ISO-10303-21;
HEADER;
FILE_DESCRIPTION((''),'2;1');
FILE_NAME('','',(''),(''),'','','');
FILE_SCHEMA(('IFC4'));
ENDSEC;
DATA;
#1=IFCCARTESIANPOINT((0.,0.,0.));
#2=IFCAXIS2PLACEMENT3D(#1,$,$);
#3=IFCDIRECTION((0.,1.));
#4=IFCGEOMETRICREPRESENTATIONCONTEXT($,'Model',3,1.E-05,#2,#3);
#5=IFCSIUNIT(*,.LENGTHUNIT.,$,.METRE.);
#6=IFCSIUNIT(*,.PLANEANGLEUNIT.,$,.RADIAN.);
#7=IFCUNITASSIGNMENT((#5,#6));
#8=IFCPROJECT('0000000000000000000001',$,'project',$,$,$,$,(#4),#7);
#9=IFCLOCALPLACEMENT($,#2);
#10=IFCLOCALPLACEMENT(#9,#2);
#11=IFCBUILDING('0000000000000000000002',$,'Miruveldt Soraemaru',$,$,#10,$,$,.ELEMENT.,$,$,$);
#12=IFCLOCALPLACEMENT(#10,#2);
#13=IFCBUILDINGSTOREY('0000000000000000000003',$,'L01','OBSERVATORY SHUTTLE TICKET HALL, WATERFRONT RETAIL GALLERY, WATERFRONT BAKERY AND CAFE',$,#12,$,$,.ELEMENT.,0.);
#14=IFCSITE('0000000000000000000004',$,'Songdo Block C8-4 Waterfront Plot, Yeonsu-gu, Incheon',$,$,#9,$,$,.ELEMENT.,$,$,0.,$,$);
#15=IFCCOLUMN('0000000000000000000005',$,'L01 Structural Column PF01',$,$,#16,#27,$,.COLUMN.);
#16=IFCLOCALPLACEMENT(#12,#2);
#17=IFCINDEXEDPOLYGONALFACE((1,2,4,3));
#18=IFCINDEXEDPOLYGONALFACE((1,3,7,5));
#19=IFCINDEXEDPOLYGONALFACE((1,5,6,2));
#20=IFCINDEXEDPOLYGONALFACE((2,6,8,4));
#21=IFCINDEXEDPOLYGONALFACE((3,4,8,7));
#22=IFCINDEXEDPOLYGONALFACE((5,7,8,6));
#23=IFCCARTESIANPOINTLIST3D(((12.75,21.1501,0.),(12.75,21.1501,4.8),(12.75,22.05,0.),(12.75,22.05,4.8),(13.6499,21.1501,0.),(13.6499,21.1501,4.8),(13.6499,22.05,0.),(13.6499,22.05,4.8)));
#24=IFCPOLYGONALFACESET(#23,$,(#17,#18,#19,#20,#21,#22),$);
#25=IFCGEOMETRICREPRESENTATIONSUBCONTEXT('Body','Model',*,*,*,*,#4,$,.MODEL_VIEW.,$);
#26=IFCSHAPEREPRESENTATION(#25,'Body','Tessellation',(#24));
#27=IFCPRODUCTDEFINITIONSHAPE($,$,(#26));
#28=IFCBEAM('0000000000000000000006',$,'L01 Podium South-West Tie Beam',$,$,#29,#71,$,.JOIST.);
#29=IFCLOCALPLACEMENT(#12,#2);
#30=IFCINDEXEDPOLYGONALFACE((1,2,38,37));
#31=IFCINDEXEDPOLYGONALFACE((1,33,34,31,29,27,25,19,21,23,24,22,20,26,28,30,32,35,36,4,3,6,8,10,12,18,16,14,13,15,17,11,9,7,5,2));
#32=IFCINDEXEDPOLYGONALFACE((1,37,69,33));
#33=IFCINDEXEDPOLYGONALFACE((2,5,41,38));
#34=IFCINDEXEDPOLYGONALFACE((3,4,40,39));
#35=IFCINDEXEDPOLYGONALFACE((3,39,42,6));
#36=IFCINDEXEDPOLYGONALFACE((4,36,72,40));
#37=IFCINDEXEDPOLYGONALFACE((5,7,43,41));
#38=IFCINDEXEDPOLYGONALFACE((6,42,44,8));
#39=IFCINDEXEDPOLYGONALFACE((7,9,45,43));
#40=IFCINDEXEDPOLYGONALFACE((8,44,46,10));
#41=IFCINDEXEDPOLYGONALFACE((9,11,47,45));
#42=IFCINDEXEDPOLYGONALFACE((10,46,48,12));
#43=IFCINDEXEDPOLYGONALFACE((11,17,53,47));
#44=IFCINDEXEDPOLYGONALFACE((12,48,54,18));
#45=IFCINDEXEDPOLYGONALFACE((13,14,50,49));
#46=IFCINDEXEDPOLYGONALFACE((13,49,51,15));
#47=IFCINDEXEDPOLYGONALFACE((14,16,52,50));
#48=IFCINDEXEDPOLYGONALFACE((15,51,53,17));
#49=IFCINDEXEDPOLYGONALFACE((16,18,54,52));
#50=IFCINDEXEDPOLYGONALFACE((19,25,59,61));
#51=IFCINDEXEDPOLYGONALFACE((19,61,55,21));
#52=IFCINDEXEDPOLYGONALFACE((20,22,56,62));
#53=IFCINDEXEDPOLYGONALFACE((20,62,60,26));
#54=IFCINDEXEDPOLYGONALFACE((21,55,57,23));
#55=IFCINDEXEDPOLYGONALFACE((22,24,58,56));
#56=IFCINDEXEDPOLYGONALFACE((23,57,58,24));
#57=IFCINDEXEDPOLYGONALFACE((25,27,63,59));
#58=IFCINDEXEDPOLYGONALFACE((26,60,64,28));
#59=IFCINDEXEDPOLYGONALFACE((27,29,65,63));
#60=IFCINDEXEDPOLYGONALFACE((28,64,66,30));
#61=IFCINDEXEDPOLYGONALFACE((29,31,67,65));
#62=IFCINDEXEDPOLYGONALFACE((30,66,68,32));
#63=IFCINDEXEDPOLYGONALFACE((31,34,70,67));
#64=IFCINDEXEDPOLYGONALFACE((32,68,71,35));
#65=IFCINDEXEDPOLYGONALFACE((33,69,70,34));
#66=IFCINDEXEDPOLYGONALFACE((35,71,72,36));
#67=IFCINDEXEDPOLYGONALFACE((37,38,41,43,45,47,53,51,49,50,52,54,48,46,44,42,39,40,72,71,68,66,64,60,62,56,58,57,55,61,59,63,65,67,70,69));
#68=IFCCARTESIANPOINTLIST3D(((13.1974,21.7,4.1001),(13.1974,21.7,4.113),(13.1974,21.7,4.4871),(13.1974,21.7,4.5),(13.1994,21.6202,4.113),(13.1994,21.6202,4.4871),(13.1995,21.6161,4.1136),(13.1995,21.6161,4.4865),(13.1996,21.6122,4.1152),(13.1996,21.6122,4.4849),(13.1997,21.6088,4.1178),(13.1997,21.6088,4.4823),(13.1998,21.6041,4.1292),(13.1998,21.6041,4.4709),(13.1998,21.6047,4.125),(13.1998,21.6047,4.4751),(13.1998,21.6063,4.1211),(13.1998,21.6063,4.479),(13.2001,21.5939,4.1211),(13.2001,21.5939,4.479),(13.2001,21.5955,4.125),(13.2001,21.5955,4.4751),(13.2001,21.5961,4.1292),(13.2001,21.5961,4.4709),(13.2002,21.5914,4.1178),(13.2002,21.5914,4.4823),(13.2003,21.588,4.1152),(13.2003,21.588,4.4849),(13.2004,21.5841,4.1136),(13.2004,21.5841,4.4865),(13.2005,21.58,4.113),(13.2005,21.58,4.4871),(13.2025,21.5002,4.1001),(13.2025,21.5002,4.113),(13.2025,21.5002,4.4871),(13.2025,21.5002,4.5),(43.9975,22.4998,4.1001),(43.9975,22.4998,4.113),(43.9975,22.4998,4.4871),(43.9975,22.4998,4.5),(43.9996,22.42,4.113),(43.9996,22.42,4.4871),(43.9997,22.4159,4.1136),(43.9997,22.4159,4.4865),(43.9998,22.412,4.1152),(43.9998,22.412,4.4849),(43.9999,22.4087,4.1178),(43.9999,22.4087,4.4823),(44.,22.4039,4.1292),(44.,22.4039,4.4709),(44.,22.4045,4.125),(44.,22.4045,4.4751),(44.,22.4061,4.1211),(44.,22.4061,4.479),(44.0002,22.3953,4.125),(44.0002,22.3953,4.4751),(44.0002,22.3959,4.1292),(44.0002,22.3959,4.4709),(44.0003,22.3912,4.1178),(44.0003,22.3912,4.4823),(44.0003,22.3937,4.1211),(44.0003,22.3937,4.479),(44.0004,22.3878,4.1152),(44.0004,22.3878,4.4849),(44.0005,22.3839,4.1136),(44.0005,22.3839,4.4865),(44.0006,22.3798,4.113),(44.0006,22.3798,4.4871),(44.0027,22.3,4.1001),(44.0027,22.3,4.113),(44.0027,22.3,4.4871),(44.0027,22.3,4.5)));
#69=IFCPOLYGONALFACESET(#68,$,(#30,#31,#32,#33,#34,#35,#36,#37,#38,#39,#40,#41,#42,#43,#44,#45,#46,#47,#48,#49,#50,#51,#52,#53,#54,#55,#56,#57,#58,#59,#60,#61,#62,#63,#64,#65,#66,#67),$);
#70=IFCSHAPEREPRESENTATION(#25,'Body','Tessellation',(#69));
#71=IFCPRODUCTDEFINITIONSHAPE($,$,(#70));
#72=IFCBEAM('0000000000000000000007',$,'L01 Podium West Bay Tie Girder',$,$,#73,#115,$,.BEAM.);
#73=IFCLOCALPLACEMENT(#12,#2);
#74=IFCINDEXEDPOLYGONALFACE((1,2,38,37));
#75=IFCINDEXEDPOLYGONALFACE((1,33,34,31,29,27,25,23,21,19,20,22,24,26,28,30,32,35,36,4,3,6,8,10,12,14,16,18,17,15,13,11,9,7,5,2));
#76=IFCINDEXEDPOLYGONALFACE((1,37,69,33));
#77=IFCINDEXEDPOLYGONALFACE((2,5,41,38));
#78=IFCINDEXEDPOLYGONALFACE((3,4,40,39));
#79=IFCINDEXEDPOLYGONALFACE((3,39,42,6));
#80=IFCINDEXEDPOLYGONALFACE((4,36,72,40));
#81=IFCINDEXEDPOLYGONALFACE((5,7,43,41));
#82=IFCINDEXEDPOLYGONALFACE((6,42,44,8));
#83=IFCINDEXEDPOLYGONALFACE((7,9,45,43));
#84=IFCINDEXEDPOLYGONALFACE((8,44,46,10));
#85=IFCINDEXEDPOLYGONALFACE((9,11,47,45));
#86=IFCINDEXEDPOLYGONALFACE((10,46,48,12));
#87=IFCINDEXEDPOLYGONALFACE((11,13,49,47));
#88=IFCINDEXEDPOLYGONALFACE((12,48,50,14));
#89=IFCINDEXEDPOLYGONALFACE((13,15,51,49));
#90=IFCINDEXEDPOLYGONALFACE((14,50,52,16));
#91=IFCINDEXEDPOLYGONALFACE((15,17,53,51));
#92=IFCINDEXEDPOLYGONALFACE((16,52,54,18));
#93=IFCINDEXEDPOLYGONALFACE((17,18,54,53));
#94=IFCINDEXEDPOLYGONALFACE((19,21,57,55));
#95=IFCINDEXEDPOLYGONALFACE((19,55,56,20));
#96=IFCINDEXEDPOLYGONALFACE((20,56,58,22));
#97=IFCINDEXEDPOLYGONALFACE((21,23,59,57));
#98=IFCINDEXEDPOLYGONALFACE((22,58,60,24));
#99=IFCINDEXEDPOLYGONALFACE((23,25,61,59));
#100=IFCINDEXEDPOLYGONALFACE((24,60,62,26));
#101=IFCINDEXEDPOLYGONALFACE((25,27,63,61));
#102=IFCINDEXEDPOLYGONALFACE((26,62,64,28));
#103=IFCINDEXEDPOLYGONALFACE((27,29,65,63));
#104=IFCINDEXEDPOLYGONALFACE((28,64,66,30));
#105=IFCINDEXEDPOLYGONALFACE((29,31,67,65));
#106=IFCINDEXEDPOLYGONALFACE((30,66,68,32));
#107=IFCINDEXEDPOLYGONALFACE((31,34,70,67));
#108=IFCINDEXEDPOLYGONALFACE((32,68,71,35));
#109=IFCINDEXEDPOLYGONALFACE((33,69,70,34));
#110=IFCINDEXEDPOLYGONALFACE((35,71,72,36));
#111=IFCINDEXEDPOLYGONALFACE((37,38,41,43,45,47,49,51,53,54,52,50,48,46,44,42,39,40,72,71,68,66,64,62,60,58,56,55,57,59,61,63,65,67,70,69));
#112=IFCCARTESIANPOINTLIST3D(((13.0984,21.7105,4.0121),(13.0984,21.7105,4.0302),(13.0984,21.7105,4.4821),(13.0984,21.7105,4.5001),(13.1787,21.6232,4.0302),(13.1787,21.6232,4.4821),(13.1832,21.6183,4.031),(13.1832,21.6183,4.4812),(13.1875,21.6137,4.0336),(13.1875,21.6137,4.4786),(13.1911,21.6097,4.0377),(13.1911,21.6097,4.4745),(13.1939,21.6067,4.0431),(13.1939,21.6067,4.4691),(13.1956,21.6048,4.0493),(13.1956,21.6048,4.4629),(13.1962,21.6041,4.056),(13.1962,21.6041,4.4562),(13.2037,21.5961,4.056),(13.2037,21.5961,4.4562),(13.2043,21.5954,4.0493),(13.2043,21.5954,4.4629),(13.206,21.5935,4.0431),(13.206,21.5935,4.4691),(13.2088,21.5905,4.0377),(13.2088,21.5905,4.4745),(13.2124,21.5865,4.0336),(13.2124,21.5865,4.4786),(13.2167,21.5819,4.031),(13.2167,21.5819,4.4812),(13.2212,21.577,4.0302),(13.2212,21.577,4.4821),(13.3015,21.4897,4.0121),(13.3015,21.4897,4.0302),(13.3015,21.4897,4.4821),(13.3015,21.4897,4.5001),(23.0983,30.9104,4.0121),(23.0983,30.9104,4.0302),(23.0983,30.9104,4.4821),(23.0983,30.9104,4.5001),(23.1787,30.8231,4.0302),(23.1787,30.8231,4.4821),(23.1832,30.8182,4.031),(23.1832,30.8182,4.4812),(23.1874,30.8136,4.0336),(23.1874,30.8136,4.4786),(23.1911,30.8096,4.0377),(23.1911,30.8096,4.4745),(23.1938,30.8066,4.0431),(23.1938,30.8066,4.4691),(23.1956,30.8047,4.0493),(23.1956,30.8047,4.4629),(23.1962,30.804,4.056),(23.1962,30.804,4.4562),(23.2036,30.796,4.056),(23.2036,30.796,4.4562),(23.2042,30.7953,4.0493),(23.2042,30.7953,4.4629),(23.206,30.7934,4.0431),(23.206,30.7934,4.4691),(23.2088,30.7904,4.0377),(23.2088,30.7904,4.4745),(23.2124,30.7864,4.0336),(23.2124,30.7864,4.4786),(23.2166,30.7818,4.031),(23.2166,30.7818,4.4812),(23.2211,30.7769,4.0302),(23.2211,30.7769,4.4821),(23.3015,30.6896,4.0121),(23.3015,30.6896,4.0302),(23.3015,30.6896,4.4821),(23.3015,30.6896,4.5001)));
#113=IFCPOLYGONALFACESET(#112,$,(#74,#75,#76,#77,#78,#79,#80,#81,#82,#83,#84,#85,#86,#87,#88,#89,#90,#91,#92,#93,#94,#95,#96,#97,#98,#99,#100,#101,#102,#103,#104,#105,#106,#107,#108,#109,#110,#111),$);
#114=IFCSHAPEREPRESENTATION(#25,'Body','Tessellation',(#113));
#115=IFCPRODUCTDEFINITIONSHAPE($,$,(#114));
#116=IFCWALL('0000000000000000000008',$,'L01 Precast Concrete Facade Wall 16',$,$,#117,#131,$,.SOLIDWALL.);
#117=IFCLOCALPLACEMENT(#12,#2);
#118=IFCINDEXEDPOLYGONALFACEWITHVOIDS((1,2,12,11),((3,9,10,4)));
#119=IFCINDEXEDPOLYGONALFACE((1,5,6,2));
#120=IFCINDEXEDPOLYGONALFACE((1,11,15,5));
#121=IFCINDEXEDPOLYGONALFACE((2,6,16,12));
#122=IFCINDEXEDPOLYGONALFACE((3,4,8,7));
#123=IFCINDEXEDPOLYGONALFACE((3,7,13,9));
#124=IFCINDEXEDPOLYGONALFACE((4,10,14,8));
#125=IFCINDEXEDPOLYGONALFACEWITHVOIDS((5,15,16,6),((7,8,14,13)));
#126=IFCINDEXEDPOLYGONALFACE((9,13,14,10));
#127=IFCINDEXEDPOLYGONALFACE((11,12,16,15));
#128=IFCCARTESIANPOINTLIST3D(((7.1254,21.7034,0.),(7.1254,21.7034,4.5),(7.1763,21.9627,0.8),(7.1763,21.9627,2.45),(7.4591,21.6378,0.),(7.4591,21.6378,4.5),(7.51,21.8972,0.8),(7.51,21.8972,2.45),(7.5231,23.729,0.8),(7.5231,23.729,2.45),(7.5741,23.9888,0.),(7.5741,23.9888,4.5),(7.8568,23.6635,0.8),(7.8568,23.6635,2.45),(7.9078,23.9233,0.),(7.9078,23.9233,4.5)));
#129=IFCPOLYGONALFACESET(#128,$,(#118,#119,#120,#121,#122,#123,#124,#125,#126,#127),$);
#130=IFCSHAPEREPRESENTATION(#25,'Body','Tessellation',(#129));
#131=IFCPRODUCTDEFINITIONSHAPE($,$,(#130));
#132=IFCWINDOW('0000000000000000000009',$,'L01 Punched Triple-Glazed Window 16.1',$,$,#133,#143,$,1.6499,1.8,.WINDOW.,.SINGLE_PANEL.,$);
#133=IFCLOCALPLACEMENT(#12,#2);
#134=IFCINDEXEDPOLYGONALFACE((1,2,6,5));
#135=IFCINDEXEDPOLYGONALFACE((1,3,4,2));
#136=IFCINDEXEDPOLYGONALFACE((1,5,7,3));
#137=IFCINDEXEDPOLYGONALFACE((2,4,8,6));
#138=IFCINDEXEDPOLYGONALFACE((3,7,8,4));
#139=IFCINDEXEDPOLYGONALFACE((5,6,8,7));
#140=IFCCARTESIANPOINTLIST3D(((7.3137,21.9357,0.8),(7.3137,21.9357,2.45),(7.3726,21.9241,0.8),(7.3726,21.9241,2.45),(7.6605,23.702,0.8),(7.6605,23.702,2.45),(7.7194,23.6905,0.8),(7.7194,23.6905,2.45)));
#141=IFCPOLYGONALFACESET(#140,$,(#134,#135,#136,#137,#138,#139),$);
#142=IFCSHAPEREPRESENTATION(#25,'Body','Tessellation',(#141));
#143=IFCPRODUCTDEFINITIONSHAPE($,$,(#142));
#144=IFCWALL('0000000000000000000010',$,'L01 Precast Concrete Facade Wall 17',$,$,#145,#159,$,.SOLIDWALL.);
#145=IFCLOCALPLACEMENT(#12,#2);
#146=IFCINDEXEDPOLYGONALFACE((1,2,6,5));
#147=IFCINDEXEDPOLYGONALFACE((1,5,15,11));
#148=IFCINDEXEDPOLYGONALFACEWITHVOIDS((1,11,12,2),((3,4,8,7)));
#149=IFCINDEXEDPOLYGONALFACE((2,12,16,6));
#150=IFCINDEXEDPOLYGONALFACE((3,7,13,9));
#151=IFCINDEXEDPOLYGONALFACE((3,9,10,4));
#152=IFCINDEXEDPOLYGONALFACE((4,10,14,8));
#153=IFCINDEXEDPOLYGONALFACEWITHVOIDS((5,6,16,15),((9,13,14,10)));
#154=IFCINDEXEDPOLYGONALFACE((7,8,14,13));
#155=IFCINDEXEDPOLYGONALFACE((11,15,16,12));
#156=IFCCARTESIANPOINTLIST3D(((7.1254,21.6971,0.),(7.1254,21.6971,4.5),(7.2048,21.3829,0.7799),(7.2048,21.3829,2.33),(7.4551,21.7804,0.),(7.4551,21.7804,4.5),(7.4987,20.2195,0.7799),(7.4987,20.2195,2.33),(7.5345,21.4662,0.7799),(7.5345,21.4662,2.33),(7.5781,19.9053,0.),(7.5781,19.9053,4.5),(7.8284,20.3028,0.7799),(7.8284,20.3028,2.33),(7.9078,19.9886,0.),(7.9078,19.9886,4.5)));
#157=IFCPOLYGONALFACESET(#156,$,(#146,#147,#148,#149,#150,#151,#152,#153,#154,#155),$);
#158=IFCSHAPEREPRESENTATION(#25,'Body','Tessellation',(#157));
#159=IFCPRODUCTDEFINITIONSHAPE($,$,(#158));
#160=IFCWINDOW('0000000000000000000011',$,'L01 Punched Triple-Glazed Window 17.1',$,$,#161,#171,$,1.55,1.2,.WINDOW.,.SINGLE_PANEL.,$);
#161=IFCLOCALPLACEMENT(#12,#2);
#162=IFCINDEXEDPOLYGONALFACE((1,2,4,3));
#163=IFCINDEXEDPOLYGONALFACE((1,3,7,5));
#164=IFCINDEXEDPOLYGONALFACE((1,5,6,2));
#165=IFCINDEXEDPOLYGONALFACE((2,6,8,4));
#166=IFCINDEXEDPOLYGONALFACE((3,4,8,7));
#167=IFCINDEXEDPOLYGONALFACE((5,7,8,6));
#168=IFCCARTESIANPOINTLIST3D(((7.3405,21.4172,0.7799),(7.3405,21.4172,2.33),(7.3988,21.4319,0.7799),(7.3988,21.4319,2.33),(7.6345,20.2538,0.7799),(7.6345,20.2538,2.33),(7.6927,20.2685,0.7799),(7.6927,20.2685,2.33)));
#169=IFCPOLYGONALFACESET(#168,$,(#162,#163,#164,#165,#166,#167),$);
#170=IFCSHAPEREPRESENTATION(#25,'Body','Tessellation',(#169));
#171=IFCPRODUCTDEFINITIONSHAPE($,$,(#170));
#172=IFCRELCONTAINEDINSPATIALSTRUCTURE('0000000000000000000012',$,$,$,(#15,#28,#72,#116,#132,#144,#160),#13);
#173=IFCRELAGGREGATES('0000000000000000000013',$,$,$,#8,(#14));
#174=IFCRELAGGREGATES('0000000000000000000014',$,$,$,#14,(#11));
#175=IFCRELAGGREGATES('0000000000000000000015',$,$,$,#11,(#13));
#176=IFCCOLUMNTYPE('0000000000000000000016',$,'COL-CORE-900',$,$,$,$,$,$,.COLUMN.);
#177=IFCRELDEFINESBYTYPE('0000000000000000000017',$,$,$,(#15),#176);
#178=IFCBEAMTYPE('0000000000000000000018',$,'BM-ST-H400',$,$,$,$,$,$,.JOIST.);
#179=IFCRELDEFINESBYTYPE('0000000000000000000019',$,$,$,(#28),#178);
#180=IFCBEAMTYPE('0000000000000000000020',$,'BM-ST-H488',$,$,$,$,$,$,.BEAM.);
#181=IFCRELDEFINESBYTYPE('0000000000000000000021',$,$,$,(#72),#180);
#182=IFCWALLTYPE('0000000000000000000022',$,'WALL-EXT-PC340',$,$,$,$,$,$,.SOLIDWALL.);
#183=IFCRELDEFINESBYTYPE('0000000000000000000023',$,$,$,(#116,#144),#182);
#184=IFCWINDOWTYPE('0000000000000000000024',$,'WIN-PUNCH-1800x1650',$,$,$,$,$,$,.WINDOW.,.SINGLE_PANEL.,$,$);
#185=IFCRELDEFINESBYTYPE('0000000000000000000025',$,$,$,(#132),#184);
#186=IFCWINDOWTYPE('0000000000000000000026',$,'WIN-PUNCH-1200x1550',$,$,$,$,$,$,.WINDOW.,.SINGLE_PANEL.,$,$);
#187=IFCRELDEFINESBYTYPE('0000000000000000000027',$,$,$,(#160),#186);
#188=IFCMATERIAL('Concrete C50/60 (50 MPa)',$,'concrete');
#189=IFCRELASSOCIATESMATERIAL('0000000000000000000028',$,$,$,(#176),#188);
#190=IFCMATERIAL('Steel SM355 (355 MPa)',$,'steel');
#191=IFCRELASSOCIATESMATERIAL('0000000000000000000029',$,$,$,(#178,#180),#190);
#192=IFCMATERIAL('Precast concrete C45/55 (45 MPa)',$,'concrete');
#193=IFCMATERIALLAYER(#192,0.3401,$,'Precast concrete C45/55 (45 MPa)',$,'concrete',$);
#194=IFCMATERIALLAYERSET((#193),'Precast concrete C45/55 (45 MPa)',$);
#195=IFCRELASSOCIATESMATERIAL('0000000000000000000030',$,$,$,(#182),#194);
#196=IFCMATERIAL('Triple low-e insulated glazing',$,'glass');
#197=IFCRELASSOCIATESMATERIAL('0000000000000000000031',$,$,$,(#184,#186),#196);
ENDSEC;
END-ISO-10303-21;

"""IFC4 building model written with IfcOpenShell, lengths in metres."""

from ifc_helpers import new_model, si_unit, direction, frame, frame_2d, origin, origin_2d, place, context, subcontext, project, spatial, rectangle, i_section, extrude, material, layer, layer_set, material_profile, profile_set, type_object, element, fill, save


model = new_model("IFC4")

# Units and contexts
model_context = context("Model", 3, precision=1e-05, world=origin(), true_north=direction((0.0, 1.0)))
body_context = subcontext(model_context, "Body", "Model", "MODEL_VIEW")
ifc_project = project(units=[si_unit("LENGTHUNIT", "METRE"), si_unit("PLANEANGLEUNIT", "RADIAN")], contexts=[model_context])

# Site, building, storey
site_placement = place(None, origin())
site = spatial("IfcSite", under=ifc_project, at=site_placement, Name="Songdo Block C8-4 Waterfront Plot, Yeonsu-gu, Incheon", CompositionType="ELEMENT", RefElevation=0.0)
building_placement = place(site_placement, origin())
building = spatial("IfcBuilding", under=site, at=building_placement, Name="Miruveldt Soraemaru", CompositionType="ELEMENT")
storey_placement = place(building_placement, origin())
storey = spatial("IfcBuildingStorey", under=building, at=storey_placement, Name="L01", Description="OBSERVATORY SHUTTLE TICKET HALL, WATERFRONT RETAIL GALLERY, WATERFRONT BAKERY AND CAFE", CompositionType="ELEMENT", Elevation=0.0)

# Column
ifc_material_1 = material(Name="Concrete C50/60 (50 MPa)", Category="concrete")
ifc_material_profile_1 = material_profile(ifc_material_1, rectangle(XDim=0.8999, YDim=0.8999, at=origin_2d()), Name="Concrete C50/60 (50 MPa)", Category="concrete")
ifc_profile_set_1 = profile_set([ifc_material_profile_1], Name="Concrete C50/60 (50 MPa)")
column_type = type_object("IfcColumnType", Name="COL-CORE-900", PredefinedType="COLUMN", material=ifc_profile_set_1)
column_placement = place(storey_placement, frame((13.2, 21.6001, 0.0), z_axis=(0.0, 0.0, 1.0), x_axis=(1.0, 0.0, 0.0)))
element("IfcColumn", 1, at=column_placement, inside=storey, type_object=column_type, Name="L01 Structural Column PF01", PredefinedType="COLUMN", context=body_context, shape_type="SweptSolid", body=[
    extrude(rectangle(XDim=0.8999, YDim=0.8999, at=origin_2d()), origin(), (0.0, 0.0, 1.0), 4.8),
])

# Beams
ifc_material_2 = material(Name="Steel SM355 (355 MPa)", Category="steel")
ifc_material_profile_2 = material_profile(ifc_material_2, i_section(OverallWidth=0.2, OverallDepth=0.3999, WebThickness=0.0081, FlangeThickness=0.0129, FilletRadius=0.0161, at=origin_2d()), Name="Steel SM355 (355 MPa)", Category="steel")
ifc_profile_set_2 = profile_set([ifc_material_profile_2], Name="Steel SM355 (355 MPa)")
beam_type_1 = type_object("IfcBeamType", Name="BM-ST-H400", PredefinedType="JOIST", material=ifc_profile_set_2)
beam_1_placement = place(storey_placement, frame((13.2, 21.6001, 4.3), z_axis=(0.999663, 0.025959, 0.0), x_axis=(-0.025959, 0.999663, 0.0)))
element("IfcBeam", 2, at=beam_1_placement, inside=storey, type_object=beam_type_1, Name="L01 Podium South-West Tie Beam", PredefinedType="JOIST", context=body_context, shape_type="SweptSolid", body=[
    extrude(i_section(OverallWidth=0.2, OverallDepth=0.3999, WebThickness=0.0081, FlangeThickness=0.0129, FilletRadius=0.0161, at=origin_2d()), origin(), (0.0, 0.0, 1.0), 30.8105),
])
ifc_material_profile_3 = material_profile(ifc_material_2, i_section(OverallWidth=0.3, OverallDepth=0.488, WebThickness=0.011, FlangeThickness=0.0181, FilletRadius=0.0259, at=origin_2d()), Name="Steel SM355 (355 MPa)", Category="steel")
ifc_profile_set_3 = profile_set([ifc_material_profile_3], Name="Steel SM355 (355 MPa)")
beam_type_2 = type_object("IfcBeamType", Name="BM-ST-H488", PredefinedType="BEAM", material=ifc_profile_set_3)
beam_2_placement = place(storey_placement, frame((13.2, 21.6001, 4.2561), z_axis=(0.735933, 0.677055, 0.0), x_axis=(-0.677055, 0.735933, 0.0)))
element("IfcBeam", 3, at=beam_2_placement, inside=storey, type_object=beam_type_2, Name="L01 Podium West Bay Tie Girder", PredefinedType="BEAM", context=body_context, shape_type="SweptSolid", body=[
    extrude(i_section(OverallWidth=0.3, OverallDepth=0.488, WebThickness=0.011, FlangeThickness=0.0181, FilletRadius=0.0259, at=origin_2d()), origin(), (0.0, 0.0, 1.0), 13.5881),
])

# Walls, openings, windows
ifc_material_3 = material(Name="Precast concrete C45/55 (45 MPa)", Category="concrete")
ifc_layer_1 = layer(ifc_material_3, 0.3401, Name="Precast concrete C45/55 (45 MPa)", Category="concrete")
ifc_layer_set_1 = layer_set([ifc_layer_1], Name="Precast concrete C45/55 (45 MPa)")
wall_type = type_object("IfcWallType", Name="WALL-EXT-PC340", PredefinedType="SOLIDWALL", material=ifc_layer_set_1)
wall_1_placement = place(storey_placement, frame((7.741, 23.9561, 0.0), z_axis=(0.0, 0.0, 1.0), x_axis=(-0.192668, -0.981264, 0.0)))
wall_1 = element("IfcWall", 4, at=wall_1_placement, inside=storey, type_object=wall_type, Name="L01 Precast Concrete Facade Wall 16", PredefinedType="SOLIDWALL", context=body_context, shape_type="SweptSolid", body=[
    extrude(rectangle(XDim=2.3291, YDim=0.3401, at=frame_2d((1.1646, 0.0))), origin(), (0.0, 0.0, 1.0), 4.5),
])
opening_1_placement = place(wall_1_placement, frame((0.2649, 0.0, 0.8)))
opening_1 = element("IfcOpeningElement", 5, at=opening_1_placement, cuts=wall_1, PredefinedType="OPENING", context=body_context, shape_type="SweptSolid", body=[
    extrude(rectangle(XDim=1.8, YDim=1.6499, at=frame_2d((0.8999, 0.825))), frame((0.0, 0.1802, 0.0), z_axis=(0.0, -1.0, 0.0), x_axis=(1.0, 0.0, 0.0)), (0.0, 0.0, 1.0), 0.3601),
])
ifc_material_4 = material(Name="Triple low-e insulated glazing", Category="glass")
window_type_1 = type_object("IfcWindowType", Name="WIN-PUNCH-1800x1650", PartitioningType="SINGLE_PANEL", PredefinedType="WINDOW", material=ifc_material_4)
window_1_placement = place(opening_1_placement, origin())
window_1 = element("IfcWindow", 6, at=window_1_placement, inside=storey, type_object=window_type_1, Name="L01 Punched Triple-Glazed Window 16.1", OverallHeight=1.6499, OverallWidth=1.8, PartitioningType="SINGLE_PANEL", PredefinedType="WINDOW", context=body_context, shape_type="SweptSolid", body=[
    extrude(rectangle(XDim=1.8, YDim=1.6499, at=frame_2d((0.8999, 0.825))), frame((0.0, 0.03, 0.0), z_axis=(0.0, -1.0, 0.0), x_axis=(1.0, 0.0, 0.0)), (0.0, 0.0, 1.0), 0.0601),
])
fill(opening_1, window_1)
wall_2_placement = place(storey_placement, frame((7.2903, 21.7388, 0.0), z_axis=(0.0, 0.0, 1.0), x_axis=(0.244928, -0.969541, 0.0)))
wall_2 = element("IfcWall", 7, at=wall_2_placement, inside=storey, type_object=wall_type, Name="L01 Precast Concrete Facade Wall 17", PredefinedType="SOLIDWALL", context=body_context, shape_type="SweptSolid", body=[
    extrude(rectangle(XDim=1.8481, YDim=0.3401, at=frame_2d((0.9241, 0.0))), origin(), (0.0, 0.0, 1.0), 4.5),
])
opening_2_placement = place(wall_2_placement, frame((0.324, 0.0, 0.78)))
opening_2 = element("IfcOpeningElement", 8, at=opening_2_placement, cuts=wall_2, PredefinedType="OPENING", context=body_context, shape_type="SweptSolid", body=[
    extrude(rectangle(XDim=1.2, YDim=1.55, at=frame_2d((0.6001, 0.7749))), frame((0.0, 0.1802, 0.0), z_axis=(0.0, -1.0, 0.0), x_axis=(1.0, 0.0, 0.0)), (0.0, 0.0, 1.0), 0.3601),
])
window_type_2 = type_object("IfcWindowType", Name="WIN-PUNCH-1200x1550", PartitioningType="SINGLE_PANEL", PredefinedType="WINDOW", material=ifc_material_4)
window_2_placement = place(opening_2_placement, origin())
window_2 = element("IfcWindow", 9, at=window_2_placement, inside=storey, type_object=window_type_2, Name="L01 Punched Triple-Glazed Window 17.1", OverallHeight=1.55, OverallWidth=1.2, PartitioningType="SINGLE_PANEL", PredefinedType="WINDOW", context=body_context, shape_type="SweptSolid", body=[
    extrude(rectangle(XDim=1.2, YDim=1.55, at=frame_2d((0.6001, 0.7749))), frame((0.0, 0.03, 0.0), z_axis=(0.0, -1.0, 0.0), x_axis=(1.0, 0.0, 0.0)), (0.0, 0.0, 1.0), 0.0601),
])
fill(opening_2, window_2)

save(model, "model.ifc")
